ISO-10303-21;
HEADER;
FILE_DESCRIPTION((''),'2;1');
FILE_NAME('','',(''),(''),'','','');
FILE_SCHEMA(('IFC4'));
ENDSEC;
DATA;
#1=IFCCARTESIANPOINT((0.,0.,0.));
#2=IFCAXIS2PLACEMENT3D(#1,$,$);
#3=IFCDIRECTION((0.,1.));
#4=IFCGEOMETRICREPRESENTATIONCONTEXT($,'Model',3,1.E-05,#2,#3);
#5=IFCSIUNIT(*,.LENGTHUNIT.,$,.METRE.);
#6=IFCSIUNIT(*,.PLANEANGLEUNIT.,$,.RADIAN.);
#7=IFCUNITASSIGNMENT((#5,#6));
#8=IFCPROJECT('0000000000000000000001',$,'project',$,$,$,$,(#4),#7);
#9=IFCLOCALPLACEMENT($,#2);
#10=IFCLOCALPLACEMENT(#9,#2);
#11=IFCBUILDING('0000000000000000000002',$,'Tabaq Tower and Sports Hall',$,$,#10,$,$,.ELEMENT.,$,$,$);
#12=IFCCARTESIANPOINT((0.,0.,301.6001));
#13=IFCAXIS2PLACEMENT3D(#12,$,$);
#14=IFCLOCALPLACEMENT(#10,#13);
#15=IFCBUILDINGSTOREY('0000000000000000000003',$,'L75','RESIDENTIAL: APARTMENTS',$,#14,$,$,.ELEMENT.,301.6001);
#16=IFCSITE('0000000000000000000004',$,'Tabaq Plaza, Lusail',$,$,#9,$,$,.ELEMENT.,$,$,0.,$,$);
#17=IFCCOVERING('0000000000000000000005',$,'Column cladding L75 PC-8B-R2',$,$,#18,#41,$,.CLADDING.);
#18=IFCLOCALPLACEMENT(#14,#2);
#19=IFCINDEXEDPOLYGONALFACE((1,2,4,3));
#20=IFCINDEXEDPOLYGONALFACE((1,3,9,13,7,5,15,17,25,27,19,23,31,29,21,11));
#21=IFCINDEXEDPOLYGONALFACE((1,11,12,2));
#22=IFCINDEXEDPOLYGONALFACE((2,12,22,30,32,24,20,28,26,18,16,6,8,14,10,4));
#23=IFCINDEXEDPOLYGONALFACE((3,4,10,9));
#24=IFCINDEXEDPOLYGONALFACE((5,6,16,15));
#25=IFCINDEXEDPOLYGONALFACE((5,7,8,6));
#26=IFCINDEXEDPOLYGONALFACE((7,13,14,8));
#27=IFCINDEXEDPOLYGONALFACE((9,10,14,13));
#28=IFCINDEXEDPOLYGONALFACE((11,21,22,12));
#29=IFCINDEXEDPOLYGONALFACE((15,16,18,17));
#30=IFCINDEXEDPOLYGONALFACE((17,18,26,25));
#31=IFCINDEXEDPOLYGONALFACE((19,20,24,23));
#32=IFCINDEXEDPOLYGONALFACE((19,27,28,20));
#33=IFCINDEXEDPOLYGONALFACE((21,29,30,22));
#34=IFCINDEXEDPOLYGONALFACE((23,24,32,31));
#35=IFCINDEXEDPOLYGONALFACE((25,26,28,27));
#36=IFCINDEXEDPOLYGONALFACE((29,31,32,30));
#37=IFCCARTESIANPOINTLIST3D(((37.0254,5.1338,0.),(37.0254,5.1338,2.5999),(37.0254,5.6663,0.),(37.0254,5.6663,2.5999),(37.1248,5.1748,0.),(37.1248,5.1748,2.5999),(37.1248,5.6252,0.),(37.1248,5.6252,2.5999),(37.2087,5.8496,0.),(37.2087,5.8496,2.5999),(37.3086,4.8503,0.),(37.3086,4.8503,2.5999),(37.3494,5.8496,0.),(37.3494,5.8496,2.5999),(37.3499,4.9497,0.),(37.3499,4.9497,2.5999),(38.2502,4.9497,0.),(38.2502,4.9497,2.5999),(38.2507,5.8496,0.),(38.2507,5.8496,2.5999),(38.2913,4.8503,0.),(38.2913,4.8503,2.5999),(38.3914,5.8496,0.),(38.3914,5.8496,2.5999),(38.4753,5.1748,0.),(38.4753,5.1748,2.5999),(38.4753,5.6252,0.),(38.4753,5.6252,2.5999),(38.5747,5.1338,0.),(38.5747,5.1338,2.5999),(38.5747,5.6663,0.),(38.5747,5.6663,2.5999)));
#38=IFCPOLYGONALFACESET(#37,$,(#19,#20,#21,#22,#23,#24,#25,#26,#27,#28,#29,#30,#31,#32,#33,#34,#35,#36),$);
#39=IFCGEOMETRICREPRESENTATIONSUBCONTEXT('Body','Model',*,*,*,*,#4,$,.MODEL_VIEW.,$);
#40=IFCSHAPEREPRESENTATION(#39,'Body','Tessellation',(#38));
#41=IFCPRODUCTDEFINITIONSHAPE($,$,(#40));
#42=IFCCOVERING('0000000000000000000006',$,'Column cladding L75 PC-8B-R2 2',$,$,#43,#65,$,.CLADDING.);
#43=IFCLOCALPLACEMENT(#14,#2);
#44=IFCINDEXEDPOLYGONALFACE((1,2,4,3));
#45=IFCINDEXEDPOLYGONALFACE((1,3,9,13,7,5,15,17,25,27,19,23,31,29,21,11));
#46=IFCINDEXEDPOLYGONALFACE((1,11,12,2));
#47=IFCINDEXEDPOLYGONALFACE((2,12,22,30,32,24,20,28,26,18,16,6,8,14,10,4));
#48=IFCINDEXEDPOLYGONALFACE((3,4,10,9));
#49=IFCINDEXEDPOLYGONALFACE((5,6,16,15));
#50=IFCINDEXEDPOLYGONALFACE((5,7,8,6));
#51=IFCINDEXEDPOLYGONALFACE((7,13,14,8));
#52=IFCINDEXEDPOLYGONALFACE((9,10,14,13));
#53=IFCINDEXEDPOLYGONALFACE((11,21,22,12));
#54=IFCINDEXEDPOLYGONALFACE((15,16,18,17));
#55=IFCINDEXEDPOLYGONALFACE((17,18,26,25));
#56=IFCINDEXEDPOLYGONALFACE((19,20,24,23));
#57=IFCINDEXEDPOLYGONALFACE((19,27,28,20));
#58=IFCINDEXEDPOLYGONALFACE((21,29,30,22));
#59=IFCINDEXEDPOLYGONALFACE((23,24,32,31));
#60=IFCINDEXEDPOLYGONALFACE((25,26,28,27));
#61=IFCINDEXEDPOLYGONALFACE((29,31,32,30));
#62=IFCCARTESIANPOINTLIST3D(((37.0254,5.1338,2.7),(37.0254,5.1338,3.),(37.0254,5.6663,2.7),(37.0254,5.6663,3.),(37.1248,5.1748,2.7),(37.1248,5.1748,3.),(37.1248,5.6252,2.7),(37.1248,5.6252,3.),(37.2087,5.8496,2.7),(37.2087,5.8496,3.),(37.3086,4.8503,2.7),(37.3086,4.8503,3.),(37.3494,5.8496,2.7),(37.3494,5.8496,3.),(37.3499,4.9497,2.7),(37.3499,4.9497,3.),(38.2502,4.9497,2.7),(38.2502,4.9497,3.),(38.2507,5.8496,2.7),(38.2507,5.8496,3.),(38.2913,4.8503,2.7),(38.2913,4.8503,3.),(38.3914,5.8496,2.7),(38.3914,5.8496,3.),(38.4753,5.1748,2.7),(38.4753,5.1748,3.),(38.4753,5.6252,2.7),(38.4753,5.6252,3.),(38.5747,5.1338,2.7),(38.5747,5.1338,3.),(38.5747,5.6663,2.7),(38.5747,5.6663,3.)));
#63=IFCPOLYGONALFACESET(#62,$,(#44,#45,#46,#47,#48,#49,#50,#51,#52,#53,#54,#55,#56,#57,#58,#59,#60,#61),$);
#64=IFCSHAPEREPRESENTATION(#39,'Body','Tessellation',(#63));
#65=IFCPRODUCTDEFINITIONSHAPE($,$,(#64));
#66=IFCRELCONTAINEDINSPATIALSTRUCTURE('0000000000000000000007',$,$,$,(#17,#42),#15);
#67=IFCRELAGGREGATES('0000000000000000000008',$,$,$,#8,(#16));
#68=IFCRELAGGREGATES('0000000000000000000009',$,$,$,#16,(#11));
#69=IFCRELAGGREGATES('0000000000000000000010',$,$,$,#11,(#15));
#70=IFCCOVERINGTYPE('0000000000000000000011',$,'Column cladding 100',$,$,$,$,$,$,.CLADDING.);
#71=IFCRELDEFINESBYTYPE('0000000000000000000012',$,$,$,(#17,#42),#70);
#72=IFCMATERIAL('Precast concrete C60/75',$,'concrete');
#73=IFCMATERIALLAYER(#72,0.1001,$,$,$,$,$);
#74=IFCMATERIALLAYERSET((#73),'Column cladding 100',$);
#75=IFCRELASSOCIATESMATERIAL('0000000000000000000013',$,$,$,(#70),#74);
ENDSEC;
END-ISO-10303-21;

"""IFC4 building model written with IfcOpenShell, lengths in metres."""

from ifc_helpers import new_model, si_unit, direction, frame, origin, place, context, subcontext, project, spatial, polyline, outline, extrude, material, layer, layer_set, type_object, element, save


model = new_model("IFC4")

# Units and contexts
model_context = context("Model", 3, precision=1e-05, world=origin(), true_north=direction((0.0, 1.0)))
body_context = subcontext(model_context, "Body", "Model", "MODEL_VIEW")
ifc_project = project(units=[si_unit("LENGTHUNIT", "METRE"), si_unit("PLANEANGLEUNIT", "RADIAN")], contexts=[model_context])

# Site, building, storey
site_placement = place(None, origin())
site = spatial("IfcSite", under=ifc_project, at=site_placement, Name="Tabaq Plaza, Lusail", CompositionType="ELEMENT", RefElevation=0.0)
building_placement = place(site_placement, origin())
building = spatial("IfcBuilding", under=site, at=building_placement, Name="Tabaq Tower and Sports Hall", CompositionType="ELEMENT")
storey_placement = place(building_placement, frame((0.0, 0.0, 301.6001)))
storey = spatial("IfcBuildingStorey", under=building, at=storey_placement, Name="L75", Description="RESIDENTIAL: APARTMENTS", CompositionType="ELEMENT", Elevation=301.6001)

# Coverings
ifc_material_1 = material(Name="Precast concrete C60/75", Category="concrete")
ifc_layer_1 = layer(ifc_material_1, 0.1001)
ifc_layer_set_1 = layer_set([ifc_layer_1], Name="Column cladding 100")
covering_type = type_object("IfcCoveringType", Name="Column cladding 100", PredefinedType="CLADDING", material=ifc_layer_set_1)
covering_1_placement = place(storey_placement, origin())
element("IfcCovering", 1, at=covering_1_placement, inside=storey, type_object=covering_type, Name="Column cladding L75 PC-8B-R2", PredefinedType="CLADDING", context=body_context, shape_type="SweptSolid", body=[
    extrude(outline(polyline([(37.0254, 5.6663), (37.2087, 5.8496), (37.3494, 5.8496), (37.1248, 5.6252), (37.1248, 5.1748), (37.3499, 4.9497), (38.2502, 4.9497), (38.4753, 5.1748), (38.4753, 5.6252), (38.2507, 5.8496), (38.3914, 5.8496), (38.5747, 5.6663), (38.5747, 5.1338), (38.2913, 4.8503), (37.3086, 4.8503), (37.0254, 5.1338), (37.0254, 5.6663)])), origin(), (0.0, 0.0, 1.0), 2.5999),
])
covering_2_placement = place(storey_placement, frame((0.0, 0.0, 2.7)))
element("IfcCovering", 2, at=covering_2_placement, inside=storey, type_object=covering_type, Name="Column cladding L75 PC-8B-R2 2", PredefinedType="CLADDING", context=body_context, shape_type="SweptSolid", body=[
    extrude(outline(polyline([(37.0254, 5.6663), (37.2087, 5.8496), (37.3494, 5.8496), (37.1248, 5.6252), (37.1248, 5.1748), (37.3499, 4.9497), (38.2502, 4.9497), (38.4753, 5.1748), (38.4753, 5.6252), (38.2507, 5.8496), (38.3914, 5.8496), (38.5747, 5.6663), (38.5747, 5.1338), (38.2913, 4.8503), (37.3086, 4.8503), (37.0254, 5.1338), (37.0254, 5.6663)])), origin(), (0.0, 0.0, 1.0), 0.3),
])

save(model, "model.ifc")
